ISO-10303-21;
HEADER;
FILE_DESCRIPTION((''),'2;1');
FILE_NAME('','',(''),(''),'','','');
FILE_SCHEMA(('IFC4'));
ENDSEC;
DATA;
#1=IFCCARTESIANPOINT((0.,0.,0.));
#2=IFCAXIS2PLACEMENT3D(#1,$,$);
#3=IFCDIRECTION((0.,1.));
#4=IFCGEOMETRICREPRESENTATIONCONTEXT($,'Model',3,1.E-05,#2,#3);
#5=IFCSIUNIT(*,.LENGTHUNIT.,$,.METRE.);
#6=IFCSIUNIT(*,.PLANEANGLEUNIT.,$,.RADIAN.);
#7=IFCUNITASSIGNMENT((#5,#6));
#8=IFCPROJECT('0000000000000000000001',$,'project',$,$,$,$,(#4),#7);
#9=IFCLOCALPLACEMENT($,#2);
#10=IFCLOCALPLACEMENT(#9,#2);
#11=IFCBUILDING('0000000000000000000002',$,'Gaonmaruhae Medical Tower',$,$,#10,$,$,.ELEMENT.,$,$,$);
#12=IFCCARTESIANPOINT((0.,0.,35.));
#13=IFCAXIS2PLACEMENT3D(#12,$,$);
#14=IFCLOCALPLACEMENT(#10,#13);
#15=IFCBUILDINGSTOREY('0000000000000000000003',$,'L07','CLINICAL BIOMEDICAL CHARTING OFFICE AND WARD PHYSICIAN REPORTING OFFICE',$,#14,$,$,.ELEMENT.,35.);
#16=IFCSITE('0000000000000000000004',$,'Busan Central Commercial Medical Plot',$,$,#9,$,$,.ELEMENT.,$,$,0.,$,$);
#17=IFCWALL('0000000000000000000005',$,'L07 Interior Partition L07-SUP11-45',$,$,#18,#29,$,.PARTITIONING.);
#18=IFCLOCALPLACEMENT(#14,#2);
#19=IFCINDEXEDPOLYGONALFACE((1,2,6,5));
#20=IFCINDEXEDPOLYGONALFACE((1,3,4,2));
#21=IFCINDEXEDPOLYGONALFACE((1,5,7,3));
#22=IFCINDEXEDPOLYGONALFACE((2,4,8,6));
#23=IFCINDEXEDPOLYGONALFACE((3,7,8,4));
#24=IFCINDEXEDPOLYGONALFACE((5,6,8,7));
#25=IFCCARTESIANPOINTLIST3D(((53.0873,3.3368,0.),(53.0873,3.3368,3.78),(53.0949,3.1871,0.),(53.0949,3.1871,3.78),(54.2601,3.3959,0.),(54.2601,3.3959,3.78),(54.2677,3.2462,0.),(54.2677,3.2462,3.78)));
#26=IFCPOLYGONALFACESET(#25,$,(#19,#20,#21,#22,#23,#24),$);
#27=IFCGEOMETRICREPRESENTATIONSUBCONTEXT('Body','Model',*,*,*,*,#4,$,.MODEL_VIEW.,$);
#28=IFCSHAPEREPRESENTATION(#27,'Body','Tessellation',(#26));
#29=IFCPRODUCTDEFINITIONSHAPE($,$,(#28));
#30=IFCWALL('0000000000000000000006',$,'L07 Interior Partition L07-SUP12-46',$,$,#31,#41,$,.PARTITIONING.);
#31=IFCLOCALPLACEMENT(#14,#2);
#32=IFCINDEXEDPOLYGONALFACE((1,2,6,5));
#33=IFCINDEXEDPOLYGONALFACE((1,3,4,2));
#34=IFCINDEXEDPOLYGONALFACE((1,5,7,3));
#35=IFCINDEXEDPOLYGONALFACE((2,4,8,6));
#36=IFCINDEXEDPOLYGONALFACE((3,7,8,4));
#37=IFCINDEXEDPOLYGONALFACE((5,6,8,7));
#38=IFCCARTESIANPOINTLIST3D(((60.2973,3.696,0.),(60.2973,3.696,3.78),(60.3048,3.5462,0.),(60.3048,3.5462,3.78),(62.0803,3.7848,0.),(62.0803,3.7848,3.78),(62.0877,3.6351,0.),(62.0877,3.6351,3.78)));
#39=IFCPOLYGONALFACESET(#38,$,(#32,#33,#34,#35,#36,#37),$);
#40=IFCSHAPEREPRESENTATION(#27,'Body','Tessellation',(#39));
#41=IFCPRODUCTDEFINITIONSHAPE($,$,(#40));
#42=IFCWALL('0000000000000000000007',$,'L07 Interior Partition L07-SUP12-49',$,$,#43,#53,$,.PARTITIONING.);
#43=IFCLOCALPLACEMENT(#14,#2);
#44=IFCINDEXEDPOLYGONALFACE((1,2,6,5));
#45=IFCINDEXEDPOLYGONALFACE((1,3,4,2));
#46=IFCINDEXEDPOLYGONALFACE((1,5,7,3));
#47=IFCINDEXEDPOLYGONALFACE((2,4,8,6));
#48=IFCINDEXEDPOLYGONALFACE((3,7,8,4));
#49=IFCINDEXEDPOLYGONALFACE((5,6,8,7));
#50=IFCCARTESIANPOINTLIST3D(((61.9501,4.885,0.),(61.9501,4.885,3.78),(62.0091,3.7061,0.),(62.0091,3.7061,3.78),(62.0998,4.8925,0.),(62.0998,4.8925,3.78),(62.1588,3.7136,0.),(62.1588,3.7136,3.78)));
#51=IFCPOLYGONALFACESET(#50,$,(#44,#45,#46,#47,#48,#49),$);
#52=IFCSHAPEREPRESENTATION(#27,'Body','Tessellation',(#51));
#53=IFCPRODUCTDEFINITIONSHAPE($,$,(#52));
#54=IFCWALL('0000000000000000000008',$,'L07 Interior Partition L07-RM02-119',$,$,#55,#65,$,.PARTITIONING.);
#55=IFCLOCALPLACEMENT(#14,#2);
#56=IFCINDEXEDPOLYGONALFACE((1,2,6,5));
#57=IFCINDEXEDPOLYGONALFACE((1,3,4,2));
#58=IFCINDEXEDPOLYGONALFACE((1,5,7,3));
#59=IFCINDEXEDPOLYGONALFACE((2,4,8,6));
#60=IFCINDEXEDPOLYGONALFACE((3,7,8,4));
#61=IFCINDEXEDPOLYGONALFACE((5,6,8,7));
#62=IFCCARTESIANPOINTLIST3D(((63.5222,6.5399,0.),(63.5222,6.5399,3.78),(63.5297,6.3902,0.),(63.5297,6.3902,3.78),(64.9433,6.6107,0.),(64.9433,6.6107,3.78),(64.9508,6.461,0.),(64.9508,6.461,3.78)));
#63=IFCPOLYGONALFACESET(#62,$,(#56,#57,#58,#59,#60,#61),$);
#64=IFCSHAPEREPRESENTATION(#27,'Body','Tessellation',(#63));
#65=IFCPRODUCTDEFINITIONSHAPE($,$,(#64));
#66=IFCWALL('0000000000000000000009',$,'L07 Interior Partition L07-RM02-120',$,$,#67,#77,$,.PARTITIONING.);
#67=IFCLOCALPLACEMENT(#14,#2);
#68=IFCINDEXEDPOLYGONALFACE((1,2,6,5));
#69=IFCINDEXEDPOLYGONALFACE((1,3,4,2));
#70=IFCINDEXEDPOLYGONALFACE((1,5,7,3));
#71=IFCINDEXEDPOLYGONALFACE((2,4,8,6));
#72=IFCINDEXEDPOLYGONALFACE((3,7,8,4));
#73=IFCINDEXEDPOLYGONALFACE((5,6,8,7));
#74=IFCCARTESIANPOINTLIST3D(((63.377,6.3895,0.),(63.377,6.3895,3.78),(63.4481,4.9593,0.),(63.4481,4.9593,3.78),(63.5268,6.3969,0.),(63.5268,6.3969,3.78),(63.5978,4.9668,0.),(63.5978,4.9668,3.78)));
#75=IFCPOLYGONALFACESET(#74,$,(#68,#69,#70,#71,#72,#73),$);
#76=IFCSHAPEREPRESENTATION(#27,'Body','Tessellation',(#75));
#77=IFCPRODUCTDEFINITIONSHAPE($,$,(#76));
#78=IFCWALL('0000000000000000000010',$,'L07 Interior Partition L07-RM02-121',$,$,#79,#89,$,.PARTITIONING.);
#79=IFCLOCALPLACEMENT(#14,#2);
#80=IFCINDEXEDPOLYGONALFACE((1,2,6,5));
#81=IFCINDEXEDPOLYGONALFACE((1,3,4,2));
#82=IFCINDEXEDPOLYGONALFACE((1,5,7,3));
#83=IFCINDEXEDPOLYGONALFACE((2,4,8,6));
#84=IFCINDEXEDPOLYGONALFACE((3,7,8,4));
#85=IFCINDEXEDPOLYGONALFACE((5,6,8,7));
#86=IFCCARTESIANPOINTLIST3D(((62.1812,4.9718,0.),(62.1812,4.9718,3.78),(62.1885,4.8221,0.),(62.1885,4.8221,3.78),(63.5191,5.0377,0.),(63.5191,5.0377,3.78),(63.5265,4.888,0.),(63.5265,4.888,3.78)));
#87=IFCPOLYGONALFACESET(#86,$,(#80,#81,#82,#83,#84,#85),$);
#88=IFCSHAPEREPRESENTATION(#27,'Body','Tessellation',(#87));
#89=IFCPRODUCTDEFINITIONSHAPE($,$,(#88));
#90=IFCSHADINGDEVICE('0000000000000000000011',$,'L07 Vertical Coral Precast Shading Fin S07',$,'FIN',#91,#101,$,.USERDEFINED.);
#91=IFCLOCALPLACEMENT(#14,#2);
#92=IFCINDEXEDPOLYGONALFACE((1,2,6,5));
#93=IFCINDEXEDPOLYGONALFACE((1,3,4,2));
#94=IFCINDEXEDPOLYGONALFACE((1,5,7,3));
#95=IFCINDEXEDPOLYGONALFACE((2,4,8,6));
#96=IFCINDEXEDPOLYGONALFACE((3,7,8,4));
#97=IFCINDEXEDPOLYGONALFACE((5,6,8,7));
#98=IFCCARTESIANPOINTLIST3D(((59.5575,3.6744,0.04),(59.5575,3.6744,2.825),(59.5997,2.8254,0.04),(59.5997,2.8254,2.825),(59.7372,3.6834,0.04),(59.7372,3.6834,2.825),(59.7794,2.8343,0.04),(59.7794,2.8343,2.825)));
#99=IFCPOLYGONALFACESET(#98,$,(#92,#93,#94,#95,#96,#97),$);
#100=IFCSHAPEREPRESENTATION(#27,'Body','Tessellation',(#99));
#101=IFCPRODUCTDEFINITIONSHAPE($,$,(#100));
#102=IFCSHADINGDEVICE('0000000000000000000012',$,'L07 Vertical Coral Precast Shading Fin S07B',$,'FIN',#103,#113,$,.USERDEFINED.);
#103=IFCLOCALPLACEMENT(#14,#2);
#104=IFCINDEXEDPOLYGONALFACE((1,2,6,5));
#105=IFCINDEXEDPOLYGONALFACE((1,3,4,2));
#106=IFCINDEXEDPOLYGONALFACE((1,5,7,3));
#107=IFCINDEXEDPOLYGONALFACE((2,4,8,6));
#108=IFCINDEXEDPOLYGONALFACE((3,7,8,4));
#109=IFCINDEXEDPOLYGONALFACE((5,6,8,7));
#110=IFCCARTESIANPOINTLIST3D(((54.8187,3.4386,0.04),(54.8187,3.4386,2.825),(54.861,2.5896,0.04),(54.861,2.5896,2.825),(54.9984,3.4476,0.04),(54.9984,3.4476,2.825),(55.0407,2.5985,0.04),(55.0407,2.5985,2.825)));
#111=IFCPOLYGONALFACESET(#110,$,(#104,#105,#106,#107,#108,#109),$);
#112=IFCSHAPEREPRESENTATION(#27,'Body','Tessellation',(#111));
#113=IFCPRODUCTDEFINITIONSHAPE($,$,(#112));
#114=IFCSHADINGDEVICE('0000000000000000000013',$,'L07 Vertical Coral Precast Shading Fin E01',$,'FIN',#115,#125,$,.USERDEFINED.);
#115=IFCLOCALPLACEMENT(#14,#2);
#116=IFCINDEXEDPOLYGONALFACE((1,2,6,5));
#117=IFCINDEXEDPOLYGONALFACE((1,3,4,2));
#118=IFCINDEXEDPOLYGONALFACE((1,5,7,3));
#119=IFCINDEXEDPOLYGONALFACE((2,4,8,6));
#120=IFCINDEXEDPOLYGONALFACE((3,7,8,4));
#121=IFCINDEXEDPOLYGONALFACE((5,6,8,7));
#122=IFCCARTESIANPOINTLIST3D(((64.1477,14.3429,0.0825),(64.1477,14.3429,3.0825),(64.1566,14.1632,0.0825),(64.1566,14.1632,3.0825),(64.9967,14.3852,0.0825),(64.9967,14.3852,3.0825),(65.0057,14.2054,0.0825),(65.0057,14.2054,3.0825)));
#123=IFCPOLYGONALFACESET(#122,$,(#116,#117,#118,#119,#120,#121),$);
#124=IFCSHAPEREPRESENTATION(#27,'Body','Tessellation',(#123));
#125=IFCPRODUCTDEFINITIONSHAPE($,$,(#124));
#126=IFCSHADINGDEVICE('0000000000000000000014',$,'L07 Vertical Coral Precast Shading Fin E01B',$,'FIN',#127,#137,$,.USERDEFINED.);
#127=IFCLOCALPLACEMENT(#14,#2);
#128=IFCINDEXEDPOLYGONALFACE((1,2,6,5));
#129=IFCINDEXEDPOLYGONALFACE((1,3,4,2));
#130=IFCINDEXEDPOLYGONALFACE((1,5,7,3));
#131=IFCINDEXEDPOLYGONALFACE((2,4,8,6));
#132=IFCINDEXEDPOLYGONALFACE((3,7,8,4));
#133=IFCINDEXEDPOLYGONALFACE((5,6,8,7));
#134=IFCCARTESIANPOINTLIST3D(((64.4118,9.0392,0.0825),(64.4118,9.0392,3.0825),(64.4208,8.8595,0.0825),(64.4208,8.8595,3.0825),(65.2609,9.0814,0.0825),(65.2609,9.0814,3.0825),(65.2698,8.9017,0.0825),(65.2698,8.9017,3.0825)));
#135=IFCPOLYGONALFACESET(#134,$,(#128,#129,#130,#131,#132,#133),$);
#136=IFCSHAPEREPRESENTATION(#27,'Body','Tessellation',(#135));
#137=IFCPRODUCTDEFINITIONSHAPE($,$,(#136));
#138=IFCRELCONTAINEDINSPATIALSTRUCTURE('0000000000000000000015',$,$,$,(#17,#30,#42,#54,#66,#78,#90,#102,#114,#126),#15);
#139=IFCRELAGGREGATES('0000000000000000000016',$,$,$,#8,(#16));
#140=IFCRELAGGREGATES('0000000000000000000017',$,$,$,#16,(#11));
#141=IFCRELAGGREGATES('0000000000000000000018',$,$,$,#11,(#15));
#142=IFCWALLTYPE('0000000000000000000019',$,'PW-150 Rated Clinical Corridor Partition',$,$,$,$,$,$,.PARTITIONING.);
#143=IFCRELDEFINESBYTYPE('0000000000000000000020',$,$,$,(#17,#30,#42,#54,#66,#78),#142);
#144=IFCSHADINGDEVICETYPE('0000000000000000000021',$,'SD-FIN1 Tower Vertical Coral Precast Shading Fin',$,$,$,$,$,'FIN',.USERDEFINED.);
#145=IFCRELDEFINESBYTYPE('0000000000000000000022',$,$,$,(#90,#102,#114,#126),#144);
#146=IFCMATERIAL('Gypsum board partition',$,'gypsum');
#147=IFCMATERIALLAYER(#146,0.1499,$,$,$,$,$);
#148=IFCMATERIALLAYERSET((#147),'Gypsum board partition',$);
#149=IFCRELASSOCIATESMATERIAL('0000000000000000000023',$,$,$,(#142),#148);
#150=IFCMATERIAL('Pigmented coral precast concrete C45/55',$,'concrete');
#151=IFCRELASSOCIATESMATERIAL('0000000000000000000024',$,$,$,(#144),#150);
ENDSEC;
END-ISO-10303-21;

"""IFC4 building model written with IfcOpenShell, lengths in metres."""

from ifc_helpers import new_model, si_unit, direction, frame, frame_2d, origin, origin_2d, place, context, subcontext, project, spatial, rectangle, extrude, material, layer, layer_set, type_object, element, save


model = new_model("IFC4")

# Units and contexts
model_context = context("Model", 3, precision=1e-05, world=origin(), true_north=direction((0.0, 1.0)))
body_context = subcontext(model_context, "Body", "Model", "MODEL_VIEW")
ifc_project = project(units=[si_unit("LENGTHUNIT", "METRE"), si_unit("PLANEANGLEUNIT", "RADIAN")], contexts=[model_context])

# Site, building, storey
site_placement = place(None, origin())
site = spatial("IfcSite", under=ifc_project, at=site_placement, Name="Busan Central Commercial Medical Plot", CompositionType="ELEMENT", RefElevation=0.0)
building_placement = place(site_placement, origin())
building = spatial("IfcBuilding", under=site, at=building_placement, Name="Gaonmaruhae Medical Tower", CompositionType="ELEMENT")
storey_placement = place(building_placement, frame((0.0, 0.0, 35.0)))
storey = spatial("IfcBuildingStorey", under=building, at=storey_placement, Name="L07", Description="CLINICAL BIOMEDICAL CHARTING OFFICE AND WARD PHYSICIAN REPORTING OFFICE", CompositionType="ELEMENT", Elevation=35.0)

# Walls
ifc_material_1 = material(Name="Gypsum board partition", Category="gypsum")
ifc_layer_1 = layer(ifc_material_1, 0.1499)
ifc_layer_set_1 = layer_set([ifc_layer_1], Name="Gypsum board partition")
wall_type_1 = type_object("IfcWallType", Name="PW-150 Rated Clinical Corridor Partition", PredefinedType="PARTITIONING", material=ifc_layer_set_1)
wall_1_placement = place(storey_placement, frame((54.2639, 3.321, 0.0), z_axis=(0.0, 0.0, 1.0), x_axis=(-0.998734, -0.050311, 0.0)))
element("IfcWall", 1, at=wall_1_placement, inside=storey, type_object=wall_type_1, Name="L07 Interior Partition L07-SUP11-45", PredefinedType="PARTITIONING", context=body_context, shape_type="SweptSolid", body=[
    extrude(rectangle(XDim=1.1743, YDim=0.1499, at=frame_2d((0.5872, 0.0))), origin(), (0.0, 0.0, 1.0), 3.78),
])
wall_2_placement = place(storey_placement, frame((62.084, 3.71, 0.0), z_axis=(0.0, 0.0, 1.0), x_axis=(-0.99876, -0.049781, 0.0)))
element("IfcWall", 2, at=wall_2_placement, inside=storey, type_object=wall_type_1, Name="L07 Interior Partition L07-SUP12-46", PredefinedType="PARTITIONING", context=body_context, shape_type="SweptSolid", body=[
    extrude(rectangle(XDim=1.7852, YDim=0.1499, at=frame_2d((0.8926, 0.0))), origin(), (0.0, 0.0, 1.0), 3.78),
])
wall_3_placement = place(storey_placement, frame((62.0249, 4.8889, 0.0), z_axis=(0.0, 0.0, 1.0), x_axis=(0.050051, -0.998747, 0.0)))
element("IfcWall", 3, at=wall_3_placement, inside=storey, type_object=wall_type_1, Name="L07 Interior Partition L07-SUP12-49", PredefinedType="PARTITIONING", context=body_context, shape_type="SweptSolid", body=[
    extrude(rectangle(XDim=1.1804, YDim=0.1499, at=frame_2d((0.5903, 0.0))), origin(), (0.0, 0.0, 1.0), 3.78),
])
wall_4_placement = place(storey_placement, frame((64.947, 6.5359, 0.0), z_axis=(0.0, 0.0, 1.0), x_axis=(-0.998761, -0.049758, 0.0)))
element("IfcWall", 4, at=wall_4_placement, inside=storey, type_object=wall_type_1, Name="L07 Interior Partition L07-RM02-119", PredefinedType="PARTITIONING", context=body_context, shape_type="SweptSolid", body=[
    extrude(rectangle(XDim=1.4229, YDim=0.1499, at=frame_2d((0.7114, 0.0))), origin(), (0.0, 0.0, 1.0), 3.78),
])
wall_5_placement = place(storey_placement, frame((63.4519, 6.3931, 0.0), z_axis=(0.0, 0.0, 1.0), x_axis=(0.049614, -0.998768, 0.0)))
element("IfcWall", 5, at=wall_5_placement, inside=storey, type_object=wall_type_1, Name="L07 Interior Partition L07-RM02-120", PredefinedType="PARTITIONING", context=body_context, shape_type="SweptSolid", body=[
    extrude(rectangle(XDim=1.4319, YDim=0.1499, at=frame_2d((0.7158, 0.0))), origin(), (0.0, 0.0, 1.0), 3.78),
])
wall_6_placement = place(storey_placement, frame((63.5229, 4.9629, 0.0), z_axis=(0.0, 0.0, 1.0), x_axis=(-0.998788, -0.04921, 0.0)))
element("IfcWall", 6, at=wall_6_placement, inside=storey, type_object=wall_type_1, Name="L07 Interior Partition L07-RM02-121", PredefinedType="PARTITIONING", context=body_context, shape_type="SweptSolid", body=[
    extrude(rectangle(XDim=1.3396, YDim=0.1499, at=frame_2d((0.6699, 0.0))), origin(), (0.0, 0.0, 1.0), 3.78),
])

# Shading devices
ifc_material_2 = material(Name="Pigmented coral precast concrete C45/55", Category="concrete")
shading_device_type = type_object("IfcShadingDeviceType", Name="SD-FIN1 Tower Vertical Coral Precast Shading Fin", ElementType="FIN", PredefinedType="USERDEFINED", material=ifc_material_2)
for number, where, z_axis, x_axis, name in (
    (7, (59.6685, 3.2544, 0.04), (0.0, 0.0, 1.0), (-0.998763, -0.049721, 0.0), "L07 Vertical Coral Precast Shading Fin S07"),
    (8, (54.9297, 3.0186, 0.04), (0.0, 0.0, 1.0), (-0.998763, -0.049721, 0.0), "L07 Vertical Coral Precast Shading Fin S07B"),
):
    element("IfcShadingDevice", number, at=place(storey_placement, frame(where, z_axis=z_axis, x_axis=x_axis)), inside=storey, type_object=shading_device_type, Name=name, ObjectType="FIN", PredefinedType="USERDEFINED", context=body_context, shape_type="SweptSolid", body=[
        extrude(rectangle(XDim=0.1799, YDim=0.8501, at=origin_2d()), origin(), (0.0, 0.0, 1.0), 2.7849),
    ])
for number, where, z_axis, x_axis, name in (
    (9, (64.5767, 14.2742, 0.0825), (0.0, 0.0, 1.0), (0.049704, -0.998764, 0.0), "L07 Vertical Coral Precast Shading Fin E01"),
    (10, (64.8408, 8.9705, 0.0825), (0.0, 0.0, 1.0), (0.049704, -0.998764, 0.0), "L07 Vertical Coral Precast Shading Fin E01B"),
):
    element("IfcShadingDevice", number, at=place(storey_placement, frame(where, z_axis=z_axis, x_axis=x_axis)), inside=storey, type_object=shading_device_type, Name=name, ObjectType="FIN", PredefinedType="USERDEFINED", context=body_context, shape_type="SweptSolid", body=[
        extrude(rectangle(XDim=0.1799, YDim=0.8501, at=origin_2d()), origin(), (0.0, 0.0, 1.0), 3.0),
    ])

save(model, "model.ifc")
